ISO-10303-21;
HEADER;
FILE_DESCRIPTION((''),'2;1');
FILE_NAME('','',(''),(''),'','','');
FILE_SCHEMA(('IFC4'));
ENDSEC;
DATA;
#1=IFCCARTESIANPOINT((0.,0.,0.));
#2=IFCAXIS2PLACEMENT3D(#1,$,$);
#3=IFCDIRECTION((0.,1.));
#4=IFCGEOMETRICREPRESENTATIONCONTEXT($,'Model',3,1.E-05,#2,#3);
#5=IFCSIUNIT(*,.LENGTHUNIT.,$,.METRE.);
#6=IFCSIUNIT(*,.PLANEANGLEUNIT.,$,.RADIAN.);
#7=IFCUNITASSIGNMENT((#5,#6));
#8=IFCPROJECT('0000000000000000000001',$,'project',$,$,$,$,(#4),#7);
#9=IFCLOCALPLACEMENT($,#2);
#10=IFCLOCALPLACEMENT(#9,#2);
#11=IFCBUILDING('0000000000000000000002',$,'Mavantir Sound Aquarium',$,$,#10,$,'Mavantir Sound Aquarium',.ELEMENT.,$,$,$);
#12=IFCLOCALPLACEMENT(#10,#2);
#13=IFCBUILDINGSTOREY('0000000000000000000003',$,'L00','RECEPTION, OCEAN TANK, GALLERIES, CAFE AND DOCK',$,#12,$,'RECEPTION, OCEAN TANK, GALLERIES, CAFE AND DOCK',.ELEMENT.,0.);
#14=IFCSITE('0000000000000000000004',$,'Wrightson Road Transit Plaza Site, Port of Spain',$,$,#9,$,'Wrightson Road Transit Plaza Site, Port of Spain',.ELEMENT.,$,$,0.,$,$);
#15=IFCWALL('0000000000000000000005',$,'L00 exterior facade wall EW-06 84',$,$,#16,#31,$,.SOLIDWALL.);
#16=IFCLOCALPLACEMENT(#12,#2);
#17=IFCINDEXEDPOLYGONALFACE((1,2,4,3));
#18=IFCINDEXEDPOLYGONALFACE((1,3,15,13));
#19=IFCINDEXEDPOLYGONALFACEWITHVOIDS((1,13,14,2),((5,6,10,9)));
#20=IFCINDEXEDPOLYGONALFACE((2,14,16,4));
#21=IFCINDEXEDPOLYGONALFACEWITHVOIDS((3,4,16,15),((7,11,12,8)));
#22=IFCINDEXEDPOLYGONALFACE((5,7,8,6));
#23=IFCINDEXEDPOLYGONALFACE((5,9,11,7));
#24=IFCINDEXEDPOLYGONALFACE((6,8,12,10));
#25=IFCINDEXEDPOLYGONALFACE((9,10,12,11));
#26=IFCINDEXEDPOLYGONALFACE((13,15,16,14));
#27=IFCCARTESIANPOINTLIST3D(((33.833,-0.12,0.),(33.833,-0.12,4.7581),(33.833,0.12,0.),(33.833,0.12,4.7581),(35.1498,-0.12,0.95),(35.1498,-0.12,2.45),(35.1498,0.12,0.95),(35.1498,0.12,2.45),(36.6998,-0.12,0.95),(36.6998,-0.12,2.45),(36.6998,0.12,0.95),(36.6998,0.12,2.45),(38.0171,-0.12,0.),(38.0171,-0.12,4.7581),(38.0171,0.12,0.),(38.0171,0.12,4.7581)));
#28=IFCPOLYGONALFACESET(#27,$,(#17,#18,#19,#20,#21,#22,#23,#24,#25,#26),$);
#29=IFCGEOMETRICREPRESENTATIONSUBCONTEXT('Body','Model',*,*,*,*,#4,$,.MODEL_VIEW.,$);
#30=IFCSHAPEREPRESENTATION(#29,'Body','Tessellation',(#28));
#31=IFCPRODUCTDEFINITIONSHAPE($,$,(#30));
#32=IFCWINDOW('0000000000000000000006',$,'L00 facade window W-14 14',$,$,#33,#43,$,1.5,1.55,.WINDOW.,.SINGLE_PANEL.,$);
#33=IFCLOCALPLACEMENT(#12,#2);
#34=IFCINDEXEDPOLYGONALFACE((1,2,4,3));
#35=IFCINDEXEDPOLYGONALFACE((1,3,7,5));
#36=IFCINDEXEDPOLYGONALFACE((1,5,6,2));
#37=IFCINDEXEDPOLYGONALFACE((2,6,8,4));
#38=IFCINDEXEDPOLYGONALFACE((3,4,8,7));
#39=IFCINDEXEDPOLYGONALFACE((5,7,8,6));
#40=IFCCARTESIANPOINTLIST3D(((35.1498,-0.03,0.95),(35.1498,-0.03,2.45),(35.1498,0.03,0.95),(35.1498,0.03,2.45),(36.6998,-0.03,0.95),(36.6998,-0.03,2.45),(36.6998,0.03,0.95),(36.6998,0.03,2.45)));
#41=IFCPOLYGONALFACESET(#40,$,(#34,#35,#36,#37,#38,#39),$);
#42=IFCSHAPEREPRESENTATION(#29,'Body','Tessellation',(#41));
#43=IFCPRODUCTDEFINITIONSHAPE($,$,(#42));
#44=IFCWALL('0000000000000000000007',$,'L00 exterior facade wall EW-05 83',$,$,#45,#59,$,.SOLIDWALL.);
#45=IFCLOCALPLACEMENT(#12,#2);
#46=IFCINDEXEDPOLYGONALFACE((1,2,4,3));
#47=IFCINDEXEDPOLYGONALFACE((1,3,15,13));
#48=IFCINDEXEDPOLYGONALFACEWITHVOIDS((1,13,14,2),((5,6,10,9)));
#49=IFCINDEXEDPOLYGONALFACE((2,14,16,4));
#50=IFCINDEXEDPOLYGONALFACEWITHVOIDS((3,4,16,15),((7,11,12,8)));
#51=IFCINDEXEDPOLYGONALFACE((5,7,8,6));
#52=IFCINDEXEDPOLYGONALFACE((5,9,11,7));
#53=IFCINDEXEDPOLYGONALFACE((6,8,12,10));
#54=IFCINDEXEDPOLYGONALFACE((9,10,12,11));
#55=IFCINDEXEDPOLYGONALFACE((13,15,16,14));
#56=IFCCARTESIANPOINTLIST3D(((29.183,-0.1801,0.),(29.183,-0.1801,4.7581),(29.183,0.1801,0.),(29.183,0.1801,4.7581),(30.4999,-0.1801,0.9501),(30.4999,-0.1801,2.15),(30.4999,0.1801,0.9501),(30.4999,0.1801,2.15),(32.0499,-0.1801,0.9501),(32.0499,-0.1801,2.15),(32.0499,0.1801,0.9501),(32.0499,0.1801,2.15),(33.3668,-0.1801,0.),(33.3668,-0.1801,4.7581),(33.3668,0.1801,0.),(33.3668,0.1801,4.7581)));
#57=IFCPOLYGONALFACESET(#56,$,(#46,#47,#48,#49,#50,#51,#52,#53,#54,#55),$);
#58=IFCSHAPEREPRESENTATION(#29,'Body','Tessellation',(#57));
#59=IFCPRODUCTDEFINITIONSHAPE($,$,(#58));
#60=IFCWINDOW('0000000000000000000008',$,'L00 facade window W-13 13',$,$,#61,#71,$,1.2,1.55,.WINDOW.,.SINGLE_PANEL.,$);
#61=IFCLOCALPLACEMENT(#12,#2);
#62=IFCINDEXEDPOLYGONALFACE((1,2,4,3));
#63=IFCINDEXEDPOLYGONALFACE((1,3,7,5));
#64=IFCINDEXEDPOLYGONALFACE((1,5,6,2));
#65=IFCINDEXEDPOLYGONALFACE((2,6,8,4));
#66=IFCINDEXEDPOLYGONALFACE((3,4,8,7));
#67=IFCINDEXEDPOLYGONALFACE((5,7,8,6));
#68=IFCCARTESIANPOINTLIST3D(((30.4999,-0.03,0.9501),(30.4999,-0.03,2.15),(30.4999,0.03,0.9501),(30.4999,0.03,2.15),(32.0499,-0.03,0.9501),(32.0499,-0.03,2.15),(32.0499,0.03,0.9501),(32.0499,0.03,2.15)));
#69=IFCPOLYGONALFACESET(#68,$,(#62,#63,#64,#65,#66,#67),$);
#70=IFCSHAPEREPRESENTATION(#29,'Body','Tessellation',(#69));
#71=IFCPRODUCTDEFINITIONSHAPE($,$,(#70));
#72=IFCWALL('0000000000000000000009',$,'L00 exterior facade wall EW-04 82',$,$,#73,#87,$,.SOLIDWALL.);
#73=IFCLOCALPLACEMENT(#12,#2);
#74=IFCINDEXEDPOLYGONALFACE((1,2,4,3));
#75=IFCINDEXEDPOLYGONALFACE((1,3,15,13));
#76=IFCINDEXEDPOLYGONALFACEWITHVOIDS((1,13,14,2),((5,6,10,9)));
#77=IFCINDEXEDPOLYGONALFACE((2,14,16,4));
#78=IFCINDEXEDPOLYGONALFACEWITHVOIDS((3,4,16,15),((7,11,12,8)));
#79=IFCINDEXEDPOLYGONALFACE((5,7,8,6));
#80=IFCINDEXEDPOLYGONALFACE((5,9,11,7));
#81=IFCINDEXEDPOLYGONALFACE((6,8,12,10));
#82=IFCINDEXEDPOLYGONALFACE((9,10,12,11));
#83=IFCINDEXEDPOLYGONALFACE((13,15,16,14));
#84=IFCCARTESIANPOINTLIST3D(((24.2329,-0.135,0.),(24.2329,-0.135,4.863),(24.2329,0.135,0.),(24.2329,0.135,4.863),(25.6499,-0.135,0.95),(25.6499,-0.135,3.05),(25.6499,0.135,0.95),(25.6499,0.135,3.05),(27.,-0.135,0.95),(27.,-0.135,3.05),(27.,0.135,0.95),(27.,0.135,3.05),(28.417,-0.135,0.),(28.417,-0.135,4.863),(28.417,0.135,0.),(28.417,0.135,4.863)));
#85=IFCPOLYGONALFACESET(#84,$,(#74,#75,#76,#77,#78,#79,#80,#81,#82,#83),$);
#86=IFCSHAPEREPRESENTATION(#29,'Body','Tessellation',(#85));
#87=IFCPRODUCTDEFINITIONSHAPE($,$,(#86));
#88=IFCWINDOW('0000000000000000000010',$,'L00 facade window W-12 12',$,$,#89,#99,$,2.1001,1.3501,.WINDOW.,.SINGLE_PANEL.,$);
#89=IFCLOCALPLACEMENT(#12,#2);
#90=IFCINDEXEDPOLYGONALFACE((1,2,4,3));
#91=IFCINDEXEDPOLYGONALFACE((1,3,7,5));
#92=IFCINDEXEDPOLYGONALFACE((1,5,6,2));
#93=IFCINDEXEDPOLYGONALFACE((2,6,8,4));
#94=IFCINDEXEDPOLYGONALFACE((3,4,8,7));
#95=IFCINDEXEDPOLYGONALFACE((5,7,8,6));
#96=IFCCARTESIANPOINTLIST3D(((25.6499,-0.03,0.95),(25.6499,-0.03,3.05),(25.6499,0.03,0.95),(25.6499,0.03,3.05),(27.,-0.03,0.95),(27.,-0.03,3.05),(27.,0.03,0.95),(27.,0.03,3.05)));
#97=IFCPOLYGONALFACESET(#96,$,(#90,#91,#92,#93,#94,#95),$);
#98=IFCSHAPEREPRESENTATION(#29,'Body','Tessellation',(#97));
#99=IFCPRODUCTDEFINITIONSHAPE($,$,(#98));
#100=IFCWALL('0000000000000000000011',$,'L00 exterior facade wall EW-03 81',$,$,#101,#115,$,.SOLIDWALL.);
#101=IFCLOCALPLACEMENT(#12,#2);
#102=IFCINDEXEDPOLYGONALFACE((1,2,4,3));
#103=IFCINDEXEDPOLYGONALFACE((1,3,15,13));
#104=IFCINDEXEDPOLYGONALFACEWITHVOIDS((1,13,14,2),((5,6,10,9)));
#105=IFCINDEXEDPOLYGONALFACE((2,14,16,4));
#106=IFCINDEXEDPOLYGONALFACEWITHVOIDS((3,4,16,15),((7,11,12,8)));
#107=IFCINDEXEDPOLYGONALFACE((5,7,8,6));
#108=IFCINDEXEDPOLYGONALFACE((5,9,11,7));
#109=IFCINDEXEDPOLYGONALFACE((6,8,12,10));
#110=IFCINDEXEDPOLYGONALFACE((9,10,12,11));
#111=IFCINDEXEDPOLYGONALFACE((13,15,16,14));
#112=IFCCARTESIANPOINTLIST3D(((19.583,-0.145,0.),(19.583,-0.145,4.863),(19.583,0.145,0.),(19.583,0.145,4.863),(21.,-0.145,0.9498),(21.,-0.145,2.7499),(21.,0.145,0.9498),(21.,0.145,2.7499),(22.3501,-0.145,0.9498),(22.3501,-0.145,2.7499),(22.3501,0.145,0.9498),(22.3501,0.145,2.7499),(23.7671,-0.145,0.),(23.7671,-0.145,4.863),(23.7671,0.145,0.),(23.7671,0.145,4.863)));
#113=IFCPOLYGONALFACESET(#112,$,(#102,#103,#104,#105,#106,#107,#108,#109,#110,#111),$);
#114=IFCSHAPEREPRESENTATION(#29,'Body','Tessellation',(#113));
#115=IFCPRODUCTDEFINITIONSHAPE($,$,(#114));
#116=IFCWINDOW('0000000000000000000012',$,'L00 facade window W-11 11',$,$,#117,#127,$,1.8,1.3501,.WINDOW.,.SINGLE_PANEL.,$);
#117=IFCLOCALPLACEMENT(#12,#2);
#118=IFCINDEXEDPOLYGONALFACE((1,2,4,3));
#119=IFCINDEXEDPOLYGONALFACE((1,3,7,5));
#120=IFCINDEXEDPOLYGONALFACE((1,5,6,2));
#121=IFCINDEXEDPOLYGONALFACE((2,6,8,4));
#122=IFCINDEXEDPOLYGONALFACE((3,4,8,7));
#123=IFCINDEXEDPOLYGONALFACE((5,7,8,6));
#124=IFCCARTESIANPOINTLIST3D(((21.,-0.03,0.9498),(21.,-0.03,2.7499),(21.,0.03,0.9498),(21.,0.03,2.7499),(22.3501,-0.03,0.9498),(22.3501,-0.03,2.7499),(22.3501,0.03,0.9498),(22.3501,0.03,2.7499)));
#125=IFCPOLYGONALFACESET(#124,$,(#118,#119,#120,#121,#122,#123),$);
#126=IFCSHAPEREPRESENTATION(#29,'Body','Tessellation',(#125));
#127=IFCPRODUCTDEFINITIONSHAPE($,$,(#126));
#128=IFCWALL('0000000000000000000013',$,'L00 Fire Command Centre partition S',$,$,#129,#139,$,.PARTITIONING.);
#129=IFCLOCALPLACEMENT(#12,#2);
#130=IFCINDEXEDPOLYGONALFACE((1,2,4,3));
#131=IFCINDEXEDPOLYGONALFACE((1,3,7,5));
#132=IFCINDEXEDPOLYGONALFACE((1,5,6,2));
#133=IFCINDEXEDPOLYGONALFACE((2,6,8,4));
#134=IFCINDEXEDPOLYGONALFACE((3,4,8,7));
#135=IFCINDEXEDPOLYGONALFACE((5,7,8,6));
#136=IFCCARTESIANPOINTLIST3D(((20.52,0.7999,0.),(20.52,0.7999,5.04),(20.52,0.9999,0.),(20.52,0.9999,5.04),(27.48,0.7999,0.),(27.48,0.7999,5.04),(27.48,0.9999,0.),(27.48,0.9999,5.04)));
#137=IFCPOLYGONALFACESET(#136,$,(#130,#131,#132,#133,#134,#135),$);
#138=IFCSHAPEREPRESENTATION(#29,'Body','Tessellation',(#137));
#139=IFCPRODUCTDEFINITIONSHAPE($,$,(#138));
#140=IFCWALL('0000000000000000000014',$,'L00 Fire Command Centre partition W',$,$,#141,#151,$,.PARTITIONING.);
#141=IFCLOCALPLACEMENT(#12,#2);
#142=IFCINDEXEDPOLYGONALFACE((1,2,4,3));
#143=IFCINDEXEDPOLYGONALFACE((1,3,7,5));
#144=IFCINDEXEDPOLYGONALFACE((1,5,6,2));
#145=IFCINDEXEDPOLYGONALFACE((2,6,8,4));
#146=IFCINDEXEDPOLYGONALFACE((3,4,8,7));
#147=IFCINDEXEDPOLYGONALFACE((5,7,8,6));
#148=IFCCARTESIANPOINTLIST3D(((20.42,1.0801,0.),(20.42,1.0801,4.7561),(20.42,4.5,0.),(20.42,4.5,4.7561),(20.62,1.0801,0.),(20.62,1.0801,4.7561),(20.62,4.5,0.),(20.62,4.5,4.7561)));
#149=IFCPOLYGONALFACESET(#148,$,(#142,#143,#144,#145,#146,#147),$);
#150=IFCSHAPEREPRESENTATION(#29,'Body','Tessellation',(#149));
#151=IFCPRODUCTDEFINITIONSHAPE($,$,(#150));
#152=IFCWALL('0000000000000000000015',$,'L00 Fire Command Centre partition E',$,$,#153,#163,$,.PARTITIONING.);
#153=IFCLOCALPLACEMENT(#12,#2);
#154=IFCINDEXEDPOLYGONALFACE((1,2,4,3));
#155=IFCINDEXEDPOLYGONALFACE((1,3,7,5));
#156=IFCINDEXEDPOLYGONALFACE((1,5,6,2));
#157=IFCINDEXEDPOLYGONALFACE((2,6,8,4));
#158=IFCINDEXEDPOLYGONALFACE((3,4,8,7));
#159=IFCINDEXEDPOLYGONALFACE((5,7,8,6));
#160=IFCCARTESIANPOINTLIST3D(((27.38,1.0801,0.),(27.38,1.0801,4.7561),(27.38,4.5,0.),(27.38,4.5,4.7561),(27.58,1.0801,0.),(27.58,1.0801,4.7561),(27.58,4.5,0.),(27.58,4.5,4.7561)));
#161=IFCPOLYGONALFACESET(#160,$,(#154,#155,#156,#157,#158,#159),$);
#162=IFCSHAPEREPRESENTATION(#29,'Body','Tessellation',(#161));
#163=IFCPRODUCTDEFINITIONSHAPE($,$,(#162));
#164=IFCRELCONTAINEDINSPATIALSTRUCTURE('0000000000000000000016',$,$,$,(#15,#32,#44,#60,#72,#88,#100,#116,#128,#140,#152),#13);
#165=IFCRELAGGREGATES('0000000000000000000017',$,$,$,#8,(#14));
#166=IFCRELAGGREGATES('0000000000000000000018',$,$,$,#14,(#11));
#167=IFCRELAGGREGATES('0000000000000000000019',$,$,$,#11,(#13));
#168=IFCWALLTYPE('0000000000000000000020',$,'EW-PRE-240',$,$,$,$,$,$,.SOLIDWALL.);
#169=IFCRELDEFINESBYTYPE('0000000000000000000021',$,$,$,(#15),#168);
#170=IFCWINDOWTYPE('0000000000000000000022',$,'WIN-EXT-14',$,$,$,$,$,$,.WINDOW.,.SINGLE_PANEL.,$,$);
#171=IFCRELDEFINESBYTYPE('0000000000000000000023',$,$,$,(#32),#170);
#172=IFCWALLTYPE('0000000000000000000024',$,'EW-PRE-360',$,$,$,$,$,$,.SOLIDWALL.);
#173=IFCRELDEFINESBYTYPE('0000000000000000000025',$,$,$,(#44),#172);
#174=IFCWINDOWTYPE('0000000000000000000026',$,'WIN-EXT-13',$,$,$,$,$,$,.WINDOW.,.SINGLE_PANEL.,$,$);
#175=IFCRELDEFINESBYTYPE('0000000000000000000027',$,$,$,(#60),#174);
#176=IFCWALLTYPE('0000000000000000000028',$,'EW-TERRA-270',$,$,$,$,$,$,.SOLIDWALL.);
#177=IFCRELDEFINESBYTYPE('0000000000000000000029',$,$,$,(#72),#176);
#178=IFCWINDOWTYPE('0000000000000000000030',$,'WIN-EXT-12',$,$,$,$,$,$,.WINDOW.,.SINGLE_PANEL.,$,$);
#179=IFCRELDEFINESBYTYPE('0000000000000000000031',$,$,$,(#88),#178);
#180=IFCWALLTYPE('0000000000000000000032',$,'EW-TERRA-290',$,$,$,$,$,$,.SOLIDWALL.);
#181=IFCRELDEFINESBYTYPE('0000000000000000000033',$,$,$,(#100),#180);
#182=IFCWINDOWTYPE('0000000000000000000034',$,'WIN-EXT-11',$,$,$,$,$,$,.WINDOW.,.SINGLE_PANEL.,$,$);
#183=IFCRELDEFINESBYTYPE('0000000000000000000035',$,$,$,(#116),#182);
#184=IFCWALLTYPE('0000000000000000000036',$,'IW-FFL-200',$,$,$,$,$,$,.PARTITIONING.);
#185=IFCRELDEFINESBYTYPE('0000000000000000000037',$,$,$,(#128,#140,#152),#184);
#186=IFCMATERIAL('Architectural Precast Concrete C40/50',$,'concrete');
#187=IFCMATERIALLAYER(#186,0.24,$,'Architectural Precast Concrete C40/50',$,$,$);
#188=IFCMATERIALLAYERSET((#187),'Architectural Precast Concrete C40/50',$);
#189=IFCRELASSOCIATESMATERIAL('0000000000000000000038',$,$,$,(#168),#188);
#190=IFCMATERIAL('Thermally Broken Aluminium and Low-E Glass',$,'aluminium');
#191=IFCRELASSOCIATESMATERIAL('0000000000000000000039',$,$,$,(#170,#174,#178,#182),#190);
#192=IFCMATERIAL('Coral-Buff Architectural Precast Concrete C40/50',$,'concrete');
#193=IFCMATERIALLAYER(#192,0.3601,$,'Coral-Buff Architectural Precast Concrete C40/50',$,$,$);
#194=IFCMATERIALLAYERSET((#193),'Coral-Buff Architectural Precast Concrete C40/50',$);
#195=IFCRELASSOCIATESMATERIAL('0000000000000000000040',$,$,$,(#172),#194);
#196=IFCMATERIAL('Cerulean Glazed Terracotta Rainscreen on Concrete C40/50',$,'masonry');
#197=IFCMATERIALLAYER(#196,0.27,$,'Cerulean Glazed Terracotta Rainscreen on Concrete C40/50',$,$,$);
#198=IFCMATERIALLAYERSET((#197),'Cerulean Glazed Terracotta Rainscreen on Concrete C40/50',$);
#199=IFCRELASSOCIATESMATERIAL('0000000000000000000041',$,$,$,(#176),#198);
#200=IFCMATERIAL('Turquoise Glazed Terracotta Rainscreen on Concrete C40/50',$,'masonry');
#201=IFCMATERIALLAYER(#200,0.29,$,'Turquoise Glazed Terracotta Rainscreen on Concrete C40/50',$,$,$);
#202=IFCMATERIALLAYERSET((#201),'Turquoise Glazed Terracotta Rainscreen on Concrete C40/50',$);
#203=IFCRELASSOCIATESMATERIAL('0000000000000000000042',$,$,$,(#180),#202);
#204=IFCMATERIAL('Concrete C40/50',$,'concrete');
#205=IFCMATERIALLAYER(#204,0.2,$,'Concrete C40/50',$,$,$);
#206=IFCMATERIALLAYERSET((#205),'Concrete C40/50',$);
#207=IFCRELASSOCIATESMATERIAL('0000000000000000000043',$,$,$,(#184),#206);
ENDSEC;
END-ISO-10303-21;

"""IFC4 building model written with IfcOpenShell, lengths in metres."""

from ifc_helpers import new_model, si_unit, direction, frame, frame_2d, origin, place, context, subcontext, project, spatial, rectangle, extrude, material, layer, layer_set, type_object, element, fill, save


model = new_model("IFC4")

# Units and contexts
model_context = context("Model", 3, precision=1e-05, world=origin(), true_north=direction((0.0, 1.0)))
body_context = subcontext(model_context, "Body", "Model", "MODEL_VIEW")
ifc_project = project(units=[si_unit("LENGTHUNIT", "METRE"), si_unit("PLANEANGLEUNIT", "RADIAN")], contexts=[model_context])

# Site, building, storey
site_placement = place(None, origin())
site = spatial("IfcSite", under=ifc_project, at=site_placement, Name="Wrightson Road Transit Plaza Site, Port of Spain", LongName="Wrightson Road Transit Plaza Site, Port of Spain", CompositionType="ELEMENT", RefElevation=0.0)
building_placement = place(site_placement, origin())
building = spatial("IfcBuilding", under=site, at=building_placement, Name="Mavantir Sound Aquarium", LongName="Mavantir Sound Aquarium", CompositionType="ELEMENT")
storey_placement = place(building_placement, origin())
storey = spatial("IfcBuildingStorey", under=building, at=storey_placement, Name="L00", Description="RECEPTION, OCEAN TANK, GALLERIES, CAFE AND DOCK", LongName="RECEPTION, OCEAN TANK, GALLERIES, CAFE AND DOCK", CompositionType="ELEMENT", Elevation=0.0)

# Shared definitions
ifc_material_1 = material(Name="Concrete C40/50", Category="concrete")

# Walls, openings, windows
ifc_material_2 = material(Name="Coral-Buff Architectural Precast Concrete C40/50", Category="concrete")
ifc_material_3 = material(Name="Thermally Broken Aluminium and Low-E Glass", Category="aluminium")
ifc_material_4 = material(Name="Architectural Precast Concrete C40/50", Category="concrete")
ifc_layer_1 = layer(ifc_material_4, 0.24, Name="Architectural Precast Concrete C40/50")
ifc_layer_set_1 = layer_set([ifc_layer_1], Name="Architectural Precast Concrete C40/50")
wall_type_1 = type_object("IfcWallType", Name="EW-PRE-240", PredefinedType="SOLIDWALL", material=ifc_layer_set_1)
wall_1_placement = place(storey_placement, frame((33.833, 0.0, 0.0), z_axis=(0.0, 0.0, 1.0), x_axis=(1.0, 0.0, 0.0)))
wall_1 = element("IfcWall", 1, at=wall_1_placement, inside=storey, type_object=wall_type_1, Name="L00 exterior facade wall EW-06 84", PredefinedType="SOLIDWALL", context=body_context, shape_type="SweptSolid", body=[
    extrude(rectangle(XDim=4.1841, YDim=0.24, at=frame_2d((2.092, 0.0))), origin(), (0.0, 0.0, 1.0), 4.7581),
])
opening_1_placement = place(wall_1_placement, frame((1.3169, 0.0, 0.95)))
opening_1 = element("IfcOpeningElement", 2, at=opening_1_placement, cuts=wall_1, PredefinedType="OPENING", context=body_context, shape_type="SweptSolid", body=[
    extrude(rectangle(XDim=1.55, YDim=1.5, at=frame_2d((0.7749, 0.75))), frame((0.0, 0.1299, 0.0), z_axis=(0.0, -1.0, 0.0), x_axis=(1.0, 0.0, 0.0)), (0.0, 0.0, 1.0), 0.26),
])
window_type_1 = type_object("IfcWindowType", Name="WIN-EXT-14", PartitioningType="SINGLE_PANEL", PredefinedType="WINDOW", material=ifc_material_3)
window_1_placement = place(opening_1_placement, origin())
window_1 = element("IfcWindow", 3, at=window_1_placement, inside=storey, type_object=window_type_1, Name="L00 facade window W-14 14", OverallHeight=1.5, OverallWidth=1.55, PartitioningType="SINGLE_PANEL", PredefinedType="WINDOW", context=body_context, shape_type="SweptSolid", body=[
    extrude(rectangle(XDim=1.55, YDim=1.5, at=frame_2d((0.7749, 0.75))), frame((0.0, 0.03, 0.0), z_axis=(0.0, -1.0, 0.0), x_axis=(1.0, 0.0, 0.0)), (0.0, 0.0, 1.0), 0.0601),
])
fill(opening_1, window_1)
ifc_layer_2 = layer(ifc_material_2, 0.3601, Name="Coral-Buff Architectural Precast Concrete C40/50")
ifc_layer_set_2 = layer_set([ifc_layer_2], Name="Coral-Buff Architectural Precast Concrete C40/50")
wall_type_2 = type_object("IfcWallType", Name="EW-PRE-360", PredefinedType="SOLIDWALL", material=ifc_layer_set_2)
wall_2_placement = place(storey_placement, frame((29.1831, 0.0, 0.0), z_axis=(0.0, 0.0, 1.0), x_axis=(1.0, 0.0, 0.0)))
wall_2 = element("IfcWall", 4, at=wall_2_placement, inside=storey, type_object=wall_type_2, Name="L00 exterior facade wall EW-05 83", PredefinedType="SOLIDWALL", context=body_context, shape_type="SweptSolid", body=[
    extrude(rectangle(XDim=4.1838, YDim=0.3601, at=frame_2d((2.0918, 0.0))), origin(), (0.0, 0.0, 1.0), 4.7581),
])
opening_2_placement = place(wall_2_placement, frame((1.3169, 0.0, 0.95)))
opening_2 = element("IfcOpeningElement", 5, at=opening_2_placement, cuts=wall_2, PredefinedType="OPENING", context=body_context, shape_type="SweptSolid", body=[
    extrude(rectangle(XDim=1.55, YDim=1.2, at=frame_2d((0.7749, 0.6001))), frame((0.0, 0.1899, 0.0), z_axis=(0.0, -1.0, 0.0), x_axis=(1.0, 0.0, 0.0)), (0.0, 0.0, 1.0), 0.3801),
])
window_type_2 = type_object("IfcWindowType", Name="WIN-EXT-13", PartitioningType="SINGLE_PANEL", PredefinedType="WINDOW", material=ifc_material_3)
window_2_placement = place(opening_2_placement, origin())
window_2 = element("IfcWindow", 6, at=window_2_placement, inside=storey, type_object=window_type_2, Name="L00 facade window W-13 13", OverallHeight=1.2, OverallWidth=1.55, PartitioningType="SINGLE_PANEL", PredefinedType="WINDOW", context=body_context, shape_type="SweptSolid", body=[
    extrude(rectangle(XDim=1.55, YDim=1.2, at=frame_2d((0.7749, 0.6001))), frame((0.0, 0.03, 0.0), z_axis=(0.0, -1.0, 0.0), x_axis=(1.0, 0.0, 0.0)), (0.0, 0.0, 1.0), 0.0601),
])
fill(opening_2, window_2)
ifc_material_5 = material(Name="Cerulean Glazed Terracotta Rainscreen on Concrete C40/50", Category="masonry")
ifc_layer_3 = layer(ifc_material_5, 0.27, Name="Cerulean Glazed Terracotta Rainscreen on Concrete C40/50")
ifc_layer_set_3 = layer_set([ifc_layer_3], Name="Cerulean Glazed Terracotta Rainscreen on Concrete C40/50")
wall_type_3 = type_object("IfcWallType", Name="EW-TERRA-270", PredefinedType="SOLIDWALL", material=ifc_layer_set_3)
wall_3_placement = place(storey_placement, frame((24.2329, 0.0, 0.0), z_axis=(0.0, 0.0, 1.0), x_axis=(1.0, 0.0, 0.0)))
wall_3 = element("IfcWall", 7, at=wall_3_placement, inside=storey, type_object=wall_type_3, Name="L00 exterior facade wall EW-04 82", PredefinedType="SOLIDWALL", context=body_context, shape_type="SweptSolid", body=[
    extrude(rectangle(XDim=4.1841, YDim=0.27, at=frame_2d((2.092, 0.0))), origin(), (0.0, 0.0, 1.0), 4.863),
])
opening_3_placement = place(wall_3_placement, frame((1.417, 0.0, 0.95)))
opening_3 = element("IfcOpeningElement", 8, at=opening_3_placement, cuts=wall_3, PredefinedType="OPENING", context=body_context, shape_type="SweptSolid", body=[
    extrude(rectangle(XDim=1.3501, YDim=2.1001, at=frame_2d((0.675, 1.05))), frame((0.0, 0.145, 0.0), z_axis=(0.0, -1.0, 0.0), x_axis=(1.0, 0.0, 0.0)), (0.0, 0.0, 1.0), 0.29),
])
window_type_3 = type_object("IfcWindowType", Name="WIN-EXT-12", PartitioningType="SINGLE_PANEL", PredefinedType="WINDOW", material=ifc_material_3)
window_3_placement = place(opening_3_placement, origin())
window_3 = element("IfcWindow", 9, at=window_3_placement, inside=storey, type_object=window_type_3, Name="L00 facade window W-12 12", OverallHeight=2.1001, OverallWidth=1.3501, PartitioningType="SINGLE_PANEL", PredefinedType="WINDOW", context=body_context, shape_type="SweptSolid", body=[
    extrude(rectangle(XDim=1.3501, YDim=2.1001, at=frame_2d((0.675, 1.05))), frame((0.0, 0.03, 0.0), z_axis=(0.0, -1.0, 0.0), x_axis=(1.0, 0.0, 0.0)), (0.0, 0.0, 1.0), 0.0601),
])
fill(opening_3, window_3)
ifc_material_6 = material(Name="Turquoise Glazed Terracotta Rainscreen on Concrete C40/50", Category="masonry")
ifc_layer_4 = layer(ifc_material_6, 0.29, Name="Turquoise Glazed Terracotta Rainscreen on Concrete C40/50")
ifc_layer_set_4 = layer_set([ifc_layer_4], Name="Turquoise Glazed Terracotta Rainscreen on Concrete C40/50")
wall_type_4 = type_object("IfcWallType", Name="EW-TERRA-290", PredefinedType="SOLIDWALL", material=ifc_layer_set_4)
wall_4_placement = place(storey_placement, frame((19.583, 0.0, 0.0), z_axis=(0.0, 0.0, 1.0), x_axis=(1.0, 0.0, 0.0)))
wall_4 = element("IfcWall", 10, at=wall_4_placement, inside=storey, type_object=wall_type_4, Name="L00 exterior facade wall EW-03 81", PredefinedType="SOLIDWALL", context=body_context, shape_type="SweptSolid", body=[
    extrude(rectangle(XDim=4.1841, YDim=0.29, at=frame_2d((2.092, 0.0))), origin(), (0.0, 0.0, 1.0), 4.863),
])
opening_4_placement = place(wall_4_placement, frame((1.417, 0.0, 0.95)))
opening_4 = element("IfcOpeningElement", 11, at=opening_4_placement, cuts=wall_4, PredefinedType="OPENING", context=body_context, shape_type="SweptSolid", body=[
    extrude(rectangle(XDim=1.3501, YDim=1.8, at=frame_2d((0.675, 0.8999))), frame((0.0, 0.155, 0.0), z_axis=(0.0, -1.0, 0.0), x_axis=(1.0, 0.0, 0.0)), (0.0, 0.0, 1.0), 0.3101),
])
window_type_4 = type_object("IfcWindowType", Name="WIN-EXT-11", PartitioningType="SINGLE_PANEL", PredefinedType="WINDOW", material=ifc_material_3)
window_4_placement = place(opening_4_placement, origin())
window_4 = element("IfcWindow", 12, at=window_4_placement, inside=storey, type_object=window_type_4, Name="L00 facade window W-11 11", OverallHeight=1.8, OverallWidth=1.3501, PartitioningType="SINGLE_PANEL", PredefinedType="WINDOW", context=body_context, shape_type="SweptSolid", body=[
    extrude(rectangle(XDim=1.3501, YDim=1.8, at=frame_2d((0.675, 0.8999))), frame((0.0, 0.03, 0.0), z_axis=(0.0, -1.0, 0.0), x_axis=(1.0, 0.0, 0.0)), (0.0, 0.0, 1.0), 0.0601),
])
fill(opening_4, window_4)

# Walls
ifc_layer_5 = layer(ifc_material_1, 0.2, Name="Concrete C40/50")
ifc_layer_set_5 = layer_set([ifc_layer_5], Name="Concrete C40/50")
wall_type_5 = type_object("IfcWallType", Name="IW-FFL-200", PredefinedType="PARTITIONING", material=ifc_layer_set_5)
wall_5_placement = place(storey_placement, frame((20.52, 0.8999, 0.0), z_axis=(0.0, 0.0, 1.0), x_axis=(1.0, 0.0, 0.0)))
element("IfcWall", 13, at=wall_5_placement, inside=storey, type_object=wall_type_5, Name="L00 Fire Command Centre partition S", PredefinedType="PARTITIONING", context=body_context, shape_type="SweptSolid", body=[
    extrude(rectangle(XDim=6.96, YDim=0.2, at=frame_2d((3.48, 0.0))), origin(), (0.0, 0.0, 1.0), 5.04),
])
for number, where, z_axis, x_axis, name in (
    (14, (20.52, 1.0801, 0.0), (0.0, 0.0, 1.0), (0.0, 1.0, 0.0), "L00 Fire Command Centre partition W"),
    (15, (27.48, 1.0801, 0.0), (0.0, 0.0, 1.0), (0.0, 1.0, 0.0), "L00 Fire Command Centre partition E"),
):
    element("IfcWall", number, at=place(storey_placement, frame(where, z_axis=z_axis, x_axis=x_axis)), inside=storey, type_object=wall_type_5, Name=name, PredefinedType="PARTITIONING", context=body_context, shape_type="SweptSolid", body=[
        extrude(rectangle(XDim=3.4199, YDim=0.2, at=frame_2d((1.71, 0.0))), origin(), (0.0, 0.0, 1.0), 4.7561),
    ])

save(model, "model.ifc")
